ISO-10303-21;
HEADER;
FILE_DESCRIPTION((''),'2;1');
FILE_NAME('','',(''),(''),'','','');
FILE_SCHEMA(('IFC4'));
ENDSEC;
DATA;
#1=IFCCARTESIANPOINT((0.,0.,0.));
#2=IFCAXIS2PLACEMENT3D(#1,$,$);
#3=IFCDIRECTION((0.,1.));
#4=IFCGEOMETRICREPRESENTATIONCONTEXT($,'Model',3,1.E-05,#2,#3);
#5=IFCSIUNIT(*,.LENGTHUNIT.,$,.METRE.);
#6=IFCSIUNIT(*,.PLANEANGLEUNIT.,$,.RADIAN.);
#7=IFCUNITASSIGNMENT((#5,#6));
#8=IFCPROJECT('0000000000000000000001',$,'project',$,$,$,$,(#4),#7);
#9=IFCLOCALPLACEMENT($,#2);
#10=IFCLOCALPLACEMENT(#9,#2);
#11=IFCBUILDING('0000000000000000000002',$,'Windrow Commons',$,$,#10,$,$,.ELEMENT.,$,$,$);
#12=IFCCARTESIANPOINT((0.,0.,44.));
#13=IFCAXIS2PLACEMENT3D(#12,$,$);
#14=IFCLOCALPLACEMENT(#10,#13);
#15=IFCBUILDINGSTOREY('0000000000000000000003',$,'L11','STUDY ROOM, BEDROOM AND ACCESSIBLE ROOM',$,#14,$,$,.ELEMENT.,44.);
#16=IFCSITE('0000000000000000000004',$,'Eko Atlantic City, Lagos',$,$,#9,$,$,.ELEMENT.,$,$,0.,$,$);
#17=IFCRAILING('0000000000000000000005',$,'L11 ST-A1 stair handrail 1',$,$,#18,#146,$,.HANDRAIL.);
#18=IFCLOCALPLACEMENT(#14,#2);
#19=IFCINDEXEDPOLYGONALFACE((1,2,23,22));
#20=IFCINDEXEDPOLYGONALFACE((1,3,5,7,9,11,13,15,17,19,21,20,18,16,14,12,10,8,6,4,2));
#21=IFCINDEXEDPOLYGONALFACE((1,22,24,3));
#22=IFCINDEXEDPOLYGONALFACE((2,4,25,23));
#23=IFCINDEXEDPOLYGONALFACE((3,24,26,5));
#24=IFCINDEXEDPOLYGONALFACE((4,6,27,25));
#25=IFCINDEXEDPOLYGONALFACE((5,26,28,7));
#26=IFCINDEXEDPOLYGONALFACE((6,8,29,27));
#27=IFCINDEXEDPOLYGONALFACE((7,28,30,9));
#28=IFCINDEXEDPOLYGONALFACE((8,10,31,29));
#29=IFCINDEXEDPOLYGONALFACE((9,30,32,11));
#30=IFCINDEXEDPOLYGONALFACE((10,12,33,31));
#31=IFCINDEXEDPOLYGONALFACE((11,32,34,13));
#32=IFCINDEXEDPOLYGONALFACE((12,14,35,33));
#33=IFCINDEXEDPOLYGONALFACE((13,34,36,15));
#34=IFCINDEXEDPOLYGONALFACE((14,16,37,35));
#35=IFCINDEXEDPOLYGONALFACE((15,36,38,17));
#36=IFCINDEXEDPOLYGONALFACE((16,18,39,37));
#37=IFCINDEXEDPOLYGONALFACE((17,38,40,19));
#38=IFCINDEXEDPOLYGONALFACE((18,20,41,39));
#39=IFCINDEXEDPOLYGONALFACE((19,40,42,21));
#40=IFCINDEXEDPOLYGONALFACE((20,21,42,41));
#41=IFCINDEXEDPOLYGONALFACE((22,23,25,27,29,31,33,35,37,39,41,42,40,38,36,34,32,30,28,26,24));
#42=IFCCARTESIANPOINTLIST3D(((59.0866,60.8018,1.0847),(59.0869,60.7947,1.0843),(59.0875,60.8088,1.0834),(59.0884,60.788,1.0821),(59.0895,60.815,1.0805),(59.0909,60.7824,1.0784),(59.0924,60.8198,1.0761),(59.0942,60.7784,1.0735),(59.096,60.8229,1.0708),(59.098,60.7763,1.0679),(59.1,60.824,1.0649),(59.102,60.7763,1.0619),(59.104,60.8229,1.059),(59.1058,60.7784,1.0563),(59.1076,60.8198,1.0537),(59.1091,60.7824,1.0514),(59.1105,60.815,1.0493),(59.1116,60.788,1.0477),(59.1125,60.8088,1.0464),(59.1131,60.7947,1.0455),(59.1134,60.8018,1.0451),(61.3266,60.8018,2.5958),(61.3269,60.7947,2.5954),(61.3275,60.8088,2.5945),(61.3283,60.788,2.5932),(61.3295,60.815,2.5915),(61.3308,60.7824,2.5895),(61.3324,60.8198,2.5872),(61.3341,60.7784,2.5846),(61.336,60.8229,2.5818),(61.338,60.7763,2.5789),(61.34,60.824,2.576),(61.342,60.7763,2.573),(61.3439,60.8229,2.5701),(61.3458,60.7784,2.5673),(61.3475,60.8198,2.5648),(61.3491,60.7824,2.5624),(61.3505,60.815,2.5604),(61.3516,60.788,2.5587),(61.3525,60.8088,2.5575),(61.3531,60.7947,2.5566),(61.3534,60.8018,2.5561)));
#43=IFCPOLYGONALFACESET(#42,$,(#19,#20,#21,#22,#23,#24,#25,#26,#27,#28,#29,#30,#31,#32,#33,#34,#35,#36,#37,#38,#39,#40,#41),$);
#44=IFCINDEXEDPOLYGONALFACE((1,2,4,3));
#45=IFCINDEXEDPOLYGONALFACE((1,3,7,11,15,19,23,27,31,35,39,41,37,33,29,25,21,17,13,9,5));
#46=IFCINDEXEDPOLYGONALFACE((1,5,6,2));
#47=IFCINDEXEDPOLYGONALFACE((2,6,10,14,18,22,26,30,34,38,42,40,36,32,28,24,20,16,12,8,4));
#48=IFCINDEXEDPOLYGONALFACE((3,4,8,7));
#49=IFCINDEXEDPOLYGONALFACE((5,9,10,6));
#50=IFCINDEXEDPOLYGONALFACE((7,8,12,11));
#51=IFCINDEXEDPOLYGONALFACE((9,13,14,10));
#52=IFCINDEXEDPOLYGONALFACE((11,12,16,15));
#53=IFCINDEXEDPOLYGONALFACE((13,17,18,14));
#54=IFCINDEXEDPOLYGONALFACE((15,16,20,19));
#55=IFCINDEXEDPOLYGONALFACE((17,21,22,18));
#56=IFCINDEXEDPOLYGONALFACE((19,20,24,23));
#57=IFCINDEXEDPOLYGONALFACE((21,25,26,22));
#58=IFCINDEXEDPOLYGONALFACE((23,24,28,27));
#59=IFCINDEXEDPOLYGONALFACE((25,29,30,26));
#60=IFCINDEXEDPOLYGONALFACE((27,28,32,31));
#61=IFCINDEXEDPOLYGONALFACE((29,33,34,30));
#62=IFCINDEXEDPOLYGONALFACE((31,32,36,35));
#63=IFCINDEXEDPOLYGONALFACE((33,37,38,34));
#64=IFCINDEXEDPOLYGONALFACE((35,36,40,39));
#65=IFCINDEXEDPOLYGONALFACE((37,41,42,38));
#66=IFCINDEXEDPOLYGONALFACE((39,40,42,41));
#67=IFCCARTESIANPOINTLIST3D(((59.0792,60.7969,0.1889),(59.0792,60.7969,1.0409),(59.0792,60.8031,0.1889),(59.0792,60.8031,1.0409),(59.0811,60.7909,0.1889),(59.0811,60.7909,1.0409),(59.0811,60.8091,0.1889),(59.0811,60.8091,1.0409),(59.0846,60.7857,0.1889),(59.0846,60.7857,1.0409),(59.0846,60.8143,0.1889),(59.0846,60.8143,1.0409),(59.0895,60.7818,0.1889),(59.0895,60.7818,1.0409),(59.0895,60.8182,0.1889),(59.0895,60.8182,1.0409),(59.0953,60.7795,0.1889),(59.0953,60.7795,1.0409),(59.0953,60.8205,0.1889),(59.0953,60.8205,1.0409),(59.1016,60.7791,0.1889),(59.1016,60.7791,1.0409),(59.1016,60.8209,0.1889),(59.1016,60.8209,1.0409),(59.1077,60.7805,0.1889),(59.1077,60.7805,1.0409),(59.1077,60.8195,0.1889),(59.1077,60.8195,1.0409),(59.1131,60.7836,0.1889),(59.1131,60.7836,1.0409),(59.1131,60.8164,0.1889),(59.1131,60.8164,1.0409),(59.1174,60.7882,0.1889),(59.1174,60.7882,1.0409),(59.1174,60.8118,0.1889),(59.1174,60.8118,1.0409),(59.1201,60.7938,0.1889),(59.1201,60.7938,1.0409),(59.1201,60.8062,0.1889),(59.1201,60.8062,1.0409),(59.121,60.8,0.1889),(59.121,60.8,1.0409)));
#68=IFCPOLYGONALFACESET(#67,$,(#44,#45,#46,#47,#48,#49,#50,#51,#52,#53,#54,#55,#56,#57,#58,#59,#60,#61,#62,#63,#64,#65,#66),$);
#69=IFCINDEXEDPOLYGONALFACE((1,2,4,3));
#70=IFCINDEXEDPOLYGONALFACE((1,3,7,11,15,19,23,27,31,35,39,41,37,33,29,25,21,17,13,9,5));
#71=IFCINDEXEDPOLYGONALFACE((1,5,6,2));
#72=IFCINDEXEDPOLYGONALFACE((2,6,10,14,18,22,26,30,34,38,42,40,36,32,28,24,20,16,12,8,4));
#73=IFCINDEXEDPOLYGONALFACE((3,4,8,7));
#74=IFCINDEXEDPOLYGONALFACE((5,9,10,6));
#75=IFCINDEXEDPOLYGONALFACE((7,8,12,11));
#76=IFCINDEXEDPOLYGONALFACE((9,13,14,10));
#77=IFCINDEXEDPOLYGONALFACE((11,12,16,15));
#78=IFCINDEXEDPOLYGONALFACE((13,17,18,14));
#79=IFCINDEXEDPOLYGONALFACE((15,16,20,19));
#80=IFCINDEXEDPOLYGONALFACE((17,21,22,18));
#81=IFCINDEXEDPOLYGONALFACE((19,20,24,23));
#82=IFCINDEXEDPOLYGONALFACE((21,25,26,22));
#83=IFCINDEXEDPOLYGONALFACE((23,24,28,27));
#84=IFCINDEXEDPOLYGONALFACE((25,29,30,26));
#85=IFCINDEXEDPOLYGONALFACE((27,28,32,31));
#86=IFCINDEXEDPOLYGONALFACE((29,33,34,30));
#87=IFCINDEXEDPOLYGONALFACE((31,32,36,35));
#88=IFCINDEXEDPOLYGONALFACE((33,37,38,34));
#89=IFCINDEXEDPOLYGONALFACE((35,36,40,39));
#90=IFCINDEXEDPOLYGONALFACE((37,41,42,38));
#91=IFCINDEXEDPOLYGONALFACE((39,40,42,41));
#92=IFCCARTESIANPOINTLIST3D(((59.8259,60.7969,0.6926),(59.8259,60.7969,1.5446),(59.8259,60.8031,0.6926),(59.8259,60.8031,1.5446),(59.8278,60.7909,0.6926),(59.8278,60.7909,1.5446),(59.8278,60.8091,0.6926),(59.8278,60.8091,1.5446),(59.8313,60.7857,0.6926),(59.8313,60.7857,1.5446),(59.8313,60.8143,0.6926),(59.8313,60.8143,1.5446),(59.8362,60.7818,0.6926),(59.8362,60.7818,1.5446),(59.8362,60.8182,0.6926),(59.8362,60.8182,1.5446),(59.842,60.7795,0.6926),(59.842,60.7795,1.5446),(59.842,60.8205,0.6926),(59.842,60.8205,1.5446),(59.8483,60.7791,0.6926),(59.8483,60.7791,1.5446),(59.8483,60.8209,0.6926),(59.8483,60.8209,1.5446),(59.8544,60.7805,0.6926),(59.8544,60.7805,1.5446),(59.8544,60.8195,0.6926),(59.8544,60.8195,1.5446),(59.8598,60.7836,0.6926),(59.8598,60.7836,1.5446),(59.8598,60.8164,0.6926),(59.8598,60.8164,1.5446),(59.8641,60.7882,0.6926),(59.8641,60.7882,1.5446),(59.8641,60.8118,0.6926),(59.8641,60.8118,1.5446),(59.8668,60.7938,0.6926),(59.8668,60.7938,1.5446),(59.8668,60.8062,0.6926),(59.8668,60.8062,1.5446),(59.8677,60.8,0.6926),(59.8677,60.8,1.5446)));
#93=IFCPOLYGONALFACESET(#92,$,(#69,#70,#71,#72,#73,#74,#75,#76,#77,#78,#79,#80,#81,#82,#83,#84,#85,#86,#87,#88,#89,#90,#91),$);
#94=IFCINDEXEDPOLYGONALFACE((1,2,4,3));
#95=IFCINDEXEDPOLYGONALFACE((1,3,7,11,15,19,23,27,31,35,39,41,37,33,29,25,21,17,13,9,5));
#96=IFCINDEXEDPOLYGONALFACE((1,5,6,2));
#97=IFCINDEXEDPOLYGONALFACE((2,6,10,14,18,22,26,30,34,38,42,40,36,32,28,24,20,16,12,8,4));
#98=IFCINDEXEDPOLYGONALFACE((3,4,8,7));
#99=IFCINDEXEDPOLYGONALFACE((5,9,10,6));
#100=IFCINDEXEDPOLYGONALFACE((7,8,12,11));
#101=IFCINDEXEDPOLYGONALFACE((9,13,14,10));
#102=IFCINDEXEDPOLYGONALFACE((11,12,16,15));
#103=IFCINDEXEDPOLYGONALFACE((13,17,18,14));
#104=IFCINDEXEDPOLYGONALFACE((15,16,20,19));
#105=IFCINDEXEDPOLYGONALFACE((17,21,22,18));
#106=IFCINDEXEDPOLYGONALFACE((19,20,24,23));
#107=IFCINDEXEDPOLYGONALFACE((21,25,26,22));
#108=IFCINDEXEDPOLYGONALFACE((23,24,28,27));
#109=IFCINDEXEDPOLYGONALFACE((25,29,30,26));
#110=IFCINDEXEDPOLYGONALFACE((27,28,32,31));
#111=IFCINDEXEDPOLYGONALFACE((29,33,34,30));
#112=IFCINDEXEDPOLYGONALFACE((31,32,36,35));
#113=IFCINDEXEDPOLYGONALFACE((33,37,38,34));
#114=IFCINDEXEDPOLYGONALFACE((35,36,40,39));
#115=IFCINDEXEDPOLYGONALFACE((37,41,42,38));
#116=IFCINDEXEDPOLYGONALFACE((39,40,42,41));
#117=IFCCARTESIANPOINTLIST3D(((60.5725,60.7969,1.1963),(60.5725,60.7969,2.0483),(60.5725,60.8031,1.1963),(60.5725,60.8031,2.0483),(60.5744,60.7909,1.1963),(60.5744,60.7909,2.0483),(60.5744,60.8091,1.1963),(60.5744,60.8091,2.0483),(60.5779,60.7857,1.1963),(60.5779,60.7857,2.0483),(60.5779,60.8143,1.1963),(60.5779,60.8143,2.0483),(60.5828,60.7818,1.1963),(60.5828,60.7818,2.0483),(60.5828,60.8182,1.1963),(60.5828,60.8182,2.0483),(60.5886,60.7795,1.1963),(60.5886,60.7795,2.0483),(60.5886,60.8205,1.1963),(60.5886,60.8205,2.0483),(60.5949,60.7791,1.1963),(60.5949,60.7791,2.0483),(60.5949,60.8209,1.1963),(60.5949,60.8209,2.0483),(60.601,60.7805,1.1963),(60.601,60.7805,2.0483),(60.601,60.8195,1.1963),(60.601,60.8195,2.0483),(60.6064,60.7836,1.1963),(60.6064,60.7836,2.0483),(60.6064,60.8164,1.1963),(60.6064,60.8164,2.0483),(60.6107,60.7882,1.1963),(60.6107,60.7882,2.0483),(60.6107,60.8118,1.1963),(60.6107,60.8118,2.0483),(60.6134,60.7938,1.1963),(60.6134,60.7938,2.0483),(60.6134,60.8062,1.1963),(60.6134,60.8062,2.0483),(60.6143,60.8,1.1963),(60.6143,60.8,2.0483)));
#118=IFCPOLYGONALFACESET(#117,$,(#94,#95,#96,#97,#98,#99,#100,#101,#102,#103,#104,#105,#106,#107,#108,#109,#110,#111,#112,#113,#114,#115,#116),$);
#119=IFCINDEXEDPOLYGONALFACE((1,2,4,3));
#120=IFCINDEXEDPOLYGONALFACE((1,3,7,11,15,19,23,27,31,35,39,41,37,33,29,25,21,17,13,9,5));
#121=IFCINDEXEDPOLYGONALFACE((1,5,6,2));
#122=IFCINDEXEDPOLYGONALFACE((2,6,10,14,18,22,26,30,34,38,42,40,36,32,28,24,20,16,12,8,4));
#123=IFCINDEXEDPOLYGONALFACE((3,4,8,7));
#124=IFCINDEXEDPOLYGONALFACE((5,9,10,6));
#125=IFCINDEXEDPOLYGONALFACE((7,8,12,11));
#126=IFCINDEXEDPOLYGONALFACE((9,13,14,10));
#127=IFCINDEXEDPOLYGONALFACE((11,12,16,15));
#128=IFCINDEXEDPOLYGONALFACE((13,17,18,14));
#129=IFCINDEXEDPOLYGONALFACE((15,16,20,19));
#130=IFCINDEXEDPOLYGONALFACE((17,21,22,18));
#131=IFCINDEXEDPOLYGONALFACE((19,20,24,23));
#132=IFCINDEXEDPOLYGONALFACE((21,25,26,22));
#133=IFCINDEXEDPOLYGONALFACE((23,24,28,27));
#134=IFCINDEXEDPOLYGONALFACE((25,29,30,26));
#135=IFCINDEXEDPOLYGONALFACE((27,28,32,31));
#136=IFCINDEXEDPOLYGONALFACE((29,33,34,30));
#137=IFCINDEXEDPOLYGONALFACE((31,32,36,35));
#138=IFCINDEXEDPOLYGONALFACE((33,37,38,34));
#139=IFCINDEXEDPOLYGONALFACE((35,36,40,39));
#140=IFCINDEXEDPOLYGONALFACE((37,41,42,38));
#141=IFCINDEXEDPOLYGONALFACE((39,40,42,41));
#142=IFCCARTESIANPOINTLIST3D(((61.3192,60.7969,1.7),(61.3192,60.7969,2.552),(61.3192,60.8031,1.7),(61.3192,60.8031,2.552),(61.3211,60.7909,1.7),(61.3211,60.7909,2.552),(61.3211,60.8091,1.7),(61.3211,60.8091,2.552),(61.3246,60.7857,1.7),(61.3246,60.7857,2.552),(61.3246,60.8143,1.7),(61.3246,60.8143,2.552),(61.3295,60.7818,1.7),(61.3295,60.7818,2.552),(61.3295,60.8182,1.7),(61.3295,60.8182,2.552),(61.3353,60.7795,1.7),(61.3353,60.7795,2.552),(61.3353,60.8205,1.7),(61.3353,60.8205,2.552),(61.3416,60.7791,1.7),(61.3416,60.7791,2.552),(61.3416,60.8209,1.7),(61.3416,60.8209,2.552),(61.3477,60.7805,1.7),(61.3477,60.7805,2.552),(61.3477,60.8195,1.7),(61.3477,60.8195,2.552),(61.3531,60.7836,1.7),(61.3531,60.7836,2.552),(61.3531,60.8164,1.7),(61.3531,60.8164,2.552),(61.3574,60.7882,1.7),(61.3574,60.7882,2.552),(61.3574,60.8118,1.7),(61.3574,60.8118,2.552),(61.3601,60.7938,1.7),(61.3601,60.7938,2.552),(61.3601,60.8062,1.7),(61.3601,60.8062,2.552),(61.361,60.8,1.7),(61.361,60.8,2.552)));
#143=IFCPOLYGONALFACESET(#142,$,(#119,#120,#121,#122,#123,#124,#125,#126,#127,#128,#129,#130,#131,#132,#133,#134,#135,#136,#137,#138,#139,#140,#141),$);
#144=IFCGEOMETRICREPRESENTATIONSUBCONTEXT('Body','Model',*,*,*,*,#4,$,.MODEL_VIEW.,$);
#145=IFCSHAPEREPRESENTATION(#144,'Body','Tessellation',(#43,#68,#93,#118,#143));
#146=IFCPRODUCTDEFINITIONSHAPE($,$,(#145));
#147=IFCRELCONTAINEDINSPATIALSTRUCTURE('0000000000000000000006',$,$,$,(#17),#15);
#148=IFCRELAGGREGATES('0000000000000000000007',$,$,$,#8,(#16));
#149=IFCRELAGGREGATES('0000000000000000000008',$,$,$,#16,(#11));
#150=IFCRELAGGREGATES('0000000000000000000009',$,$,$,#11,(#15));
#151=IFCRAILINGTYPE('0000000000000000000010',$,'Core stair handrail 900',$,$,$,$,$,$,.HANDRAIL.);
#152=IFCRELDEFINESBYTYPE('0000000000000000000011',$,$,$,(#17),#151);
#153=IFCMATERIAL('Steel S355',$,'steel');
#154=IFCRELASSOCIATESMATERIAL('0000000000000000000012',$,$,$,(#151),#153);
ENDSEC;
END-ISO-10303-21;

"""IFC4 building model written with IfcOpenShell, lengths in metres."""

from ifc_helpers import new_model, si_unit, direction, frame, origin, origin_2d, place, context, subcontext, project, spatial, circle, extrude, material, type_object, element, save


model = new_model("IFC4")

# Units and contexts
model_context = context("Model", 3, precision=1e-05, world=origin(), true_north=direction((0.0, 1.0)))
body_context = subcontext(model_context, "Body", "Model", "MODEL_VIEW")
ifc_project = project(units=[si_unit("LENGTHUNIT", "METRE"), si_unit("PLANEANGLEUNIT", "RADIAN")], contexts=[model_context])

# Site, building, storey
site_placement = place(None, origin())
site = spatial("IfcSite", under=ifc_project, at=site_placement, Name="Eko Atlantic City, Lagos", CompositionType="ELEMENT", RefElevation=0.0)
building_placement = place(site_placement, origin())
building = spatial("IfcBuilding", under=site, at=building_placement, Name="Windrow Commons", CompositionType="ELEMENT")
storey_placement = place(building_placement, frame((0.0, 0.0, 44.0)))
storey = spatial("IfcBuildingStorey", under=building, at=storey_placement, Name="L11", Description="STUDY ROOM, BEDROOM AND ACCESSIBLE ROOM", CompositionType="ELEMENT", Elevation=44.0)

# Railing
ifc_material_1 = material(Name="Steel S355", Category="steel")
railing_type_1 = type_object("IfcRailingType", Name="Core stair handrail 900", PredefinedType="HANDRAIL", material=ifc_material_1)
railing_1_placement = place(storey_placement, frame((59.1, 60.8, 0.1889)))
element("IfcRailing", 1, at=railing_1_placement, inside=storey, type_object=railing_type_1, Name="L11 ST-A1 stair handrail 1", PredefinedType="HANDRAIL", context=body_context, shape_type="SweptSolid", body=[
    extrude(circle(Radius=0.024, at=origin_2d()), frame((0.0, 0.0, 0.876), z_axis=(0.829003, 0.0, 0.559244), x_axis=(0.0, 1.0, 0.0)), (0.0, 0.0, 1.0), 2.702),
    extrude(circle(Radius=0.021, at=origin_2d()), origin(), (0.0, 0.0, 1.0), 0.852),
    extrude(circle(Radius=0.021, at=origin_2d()), frame((0.7467, 0.0, 0.5037)), (0.0, 0.0, 1.0), 0.852),
    extrude(circle(Radius=0.021, at=origin_2d()), frame((1.4933, 0.0, 1.0074)), (0.0, 0.0, 1.0), 0.852),
    extrude(circle(Radius=0.021, at=origin_2d()), frame((2.24, 0.0, 1.5111)), (0.0, 0.0, 1.0), 0.852),
])

save(model, "model.ifc")
